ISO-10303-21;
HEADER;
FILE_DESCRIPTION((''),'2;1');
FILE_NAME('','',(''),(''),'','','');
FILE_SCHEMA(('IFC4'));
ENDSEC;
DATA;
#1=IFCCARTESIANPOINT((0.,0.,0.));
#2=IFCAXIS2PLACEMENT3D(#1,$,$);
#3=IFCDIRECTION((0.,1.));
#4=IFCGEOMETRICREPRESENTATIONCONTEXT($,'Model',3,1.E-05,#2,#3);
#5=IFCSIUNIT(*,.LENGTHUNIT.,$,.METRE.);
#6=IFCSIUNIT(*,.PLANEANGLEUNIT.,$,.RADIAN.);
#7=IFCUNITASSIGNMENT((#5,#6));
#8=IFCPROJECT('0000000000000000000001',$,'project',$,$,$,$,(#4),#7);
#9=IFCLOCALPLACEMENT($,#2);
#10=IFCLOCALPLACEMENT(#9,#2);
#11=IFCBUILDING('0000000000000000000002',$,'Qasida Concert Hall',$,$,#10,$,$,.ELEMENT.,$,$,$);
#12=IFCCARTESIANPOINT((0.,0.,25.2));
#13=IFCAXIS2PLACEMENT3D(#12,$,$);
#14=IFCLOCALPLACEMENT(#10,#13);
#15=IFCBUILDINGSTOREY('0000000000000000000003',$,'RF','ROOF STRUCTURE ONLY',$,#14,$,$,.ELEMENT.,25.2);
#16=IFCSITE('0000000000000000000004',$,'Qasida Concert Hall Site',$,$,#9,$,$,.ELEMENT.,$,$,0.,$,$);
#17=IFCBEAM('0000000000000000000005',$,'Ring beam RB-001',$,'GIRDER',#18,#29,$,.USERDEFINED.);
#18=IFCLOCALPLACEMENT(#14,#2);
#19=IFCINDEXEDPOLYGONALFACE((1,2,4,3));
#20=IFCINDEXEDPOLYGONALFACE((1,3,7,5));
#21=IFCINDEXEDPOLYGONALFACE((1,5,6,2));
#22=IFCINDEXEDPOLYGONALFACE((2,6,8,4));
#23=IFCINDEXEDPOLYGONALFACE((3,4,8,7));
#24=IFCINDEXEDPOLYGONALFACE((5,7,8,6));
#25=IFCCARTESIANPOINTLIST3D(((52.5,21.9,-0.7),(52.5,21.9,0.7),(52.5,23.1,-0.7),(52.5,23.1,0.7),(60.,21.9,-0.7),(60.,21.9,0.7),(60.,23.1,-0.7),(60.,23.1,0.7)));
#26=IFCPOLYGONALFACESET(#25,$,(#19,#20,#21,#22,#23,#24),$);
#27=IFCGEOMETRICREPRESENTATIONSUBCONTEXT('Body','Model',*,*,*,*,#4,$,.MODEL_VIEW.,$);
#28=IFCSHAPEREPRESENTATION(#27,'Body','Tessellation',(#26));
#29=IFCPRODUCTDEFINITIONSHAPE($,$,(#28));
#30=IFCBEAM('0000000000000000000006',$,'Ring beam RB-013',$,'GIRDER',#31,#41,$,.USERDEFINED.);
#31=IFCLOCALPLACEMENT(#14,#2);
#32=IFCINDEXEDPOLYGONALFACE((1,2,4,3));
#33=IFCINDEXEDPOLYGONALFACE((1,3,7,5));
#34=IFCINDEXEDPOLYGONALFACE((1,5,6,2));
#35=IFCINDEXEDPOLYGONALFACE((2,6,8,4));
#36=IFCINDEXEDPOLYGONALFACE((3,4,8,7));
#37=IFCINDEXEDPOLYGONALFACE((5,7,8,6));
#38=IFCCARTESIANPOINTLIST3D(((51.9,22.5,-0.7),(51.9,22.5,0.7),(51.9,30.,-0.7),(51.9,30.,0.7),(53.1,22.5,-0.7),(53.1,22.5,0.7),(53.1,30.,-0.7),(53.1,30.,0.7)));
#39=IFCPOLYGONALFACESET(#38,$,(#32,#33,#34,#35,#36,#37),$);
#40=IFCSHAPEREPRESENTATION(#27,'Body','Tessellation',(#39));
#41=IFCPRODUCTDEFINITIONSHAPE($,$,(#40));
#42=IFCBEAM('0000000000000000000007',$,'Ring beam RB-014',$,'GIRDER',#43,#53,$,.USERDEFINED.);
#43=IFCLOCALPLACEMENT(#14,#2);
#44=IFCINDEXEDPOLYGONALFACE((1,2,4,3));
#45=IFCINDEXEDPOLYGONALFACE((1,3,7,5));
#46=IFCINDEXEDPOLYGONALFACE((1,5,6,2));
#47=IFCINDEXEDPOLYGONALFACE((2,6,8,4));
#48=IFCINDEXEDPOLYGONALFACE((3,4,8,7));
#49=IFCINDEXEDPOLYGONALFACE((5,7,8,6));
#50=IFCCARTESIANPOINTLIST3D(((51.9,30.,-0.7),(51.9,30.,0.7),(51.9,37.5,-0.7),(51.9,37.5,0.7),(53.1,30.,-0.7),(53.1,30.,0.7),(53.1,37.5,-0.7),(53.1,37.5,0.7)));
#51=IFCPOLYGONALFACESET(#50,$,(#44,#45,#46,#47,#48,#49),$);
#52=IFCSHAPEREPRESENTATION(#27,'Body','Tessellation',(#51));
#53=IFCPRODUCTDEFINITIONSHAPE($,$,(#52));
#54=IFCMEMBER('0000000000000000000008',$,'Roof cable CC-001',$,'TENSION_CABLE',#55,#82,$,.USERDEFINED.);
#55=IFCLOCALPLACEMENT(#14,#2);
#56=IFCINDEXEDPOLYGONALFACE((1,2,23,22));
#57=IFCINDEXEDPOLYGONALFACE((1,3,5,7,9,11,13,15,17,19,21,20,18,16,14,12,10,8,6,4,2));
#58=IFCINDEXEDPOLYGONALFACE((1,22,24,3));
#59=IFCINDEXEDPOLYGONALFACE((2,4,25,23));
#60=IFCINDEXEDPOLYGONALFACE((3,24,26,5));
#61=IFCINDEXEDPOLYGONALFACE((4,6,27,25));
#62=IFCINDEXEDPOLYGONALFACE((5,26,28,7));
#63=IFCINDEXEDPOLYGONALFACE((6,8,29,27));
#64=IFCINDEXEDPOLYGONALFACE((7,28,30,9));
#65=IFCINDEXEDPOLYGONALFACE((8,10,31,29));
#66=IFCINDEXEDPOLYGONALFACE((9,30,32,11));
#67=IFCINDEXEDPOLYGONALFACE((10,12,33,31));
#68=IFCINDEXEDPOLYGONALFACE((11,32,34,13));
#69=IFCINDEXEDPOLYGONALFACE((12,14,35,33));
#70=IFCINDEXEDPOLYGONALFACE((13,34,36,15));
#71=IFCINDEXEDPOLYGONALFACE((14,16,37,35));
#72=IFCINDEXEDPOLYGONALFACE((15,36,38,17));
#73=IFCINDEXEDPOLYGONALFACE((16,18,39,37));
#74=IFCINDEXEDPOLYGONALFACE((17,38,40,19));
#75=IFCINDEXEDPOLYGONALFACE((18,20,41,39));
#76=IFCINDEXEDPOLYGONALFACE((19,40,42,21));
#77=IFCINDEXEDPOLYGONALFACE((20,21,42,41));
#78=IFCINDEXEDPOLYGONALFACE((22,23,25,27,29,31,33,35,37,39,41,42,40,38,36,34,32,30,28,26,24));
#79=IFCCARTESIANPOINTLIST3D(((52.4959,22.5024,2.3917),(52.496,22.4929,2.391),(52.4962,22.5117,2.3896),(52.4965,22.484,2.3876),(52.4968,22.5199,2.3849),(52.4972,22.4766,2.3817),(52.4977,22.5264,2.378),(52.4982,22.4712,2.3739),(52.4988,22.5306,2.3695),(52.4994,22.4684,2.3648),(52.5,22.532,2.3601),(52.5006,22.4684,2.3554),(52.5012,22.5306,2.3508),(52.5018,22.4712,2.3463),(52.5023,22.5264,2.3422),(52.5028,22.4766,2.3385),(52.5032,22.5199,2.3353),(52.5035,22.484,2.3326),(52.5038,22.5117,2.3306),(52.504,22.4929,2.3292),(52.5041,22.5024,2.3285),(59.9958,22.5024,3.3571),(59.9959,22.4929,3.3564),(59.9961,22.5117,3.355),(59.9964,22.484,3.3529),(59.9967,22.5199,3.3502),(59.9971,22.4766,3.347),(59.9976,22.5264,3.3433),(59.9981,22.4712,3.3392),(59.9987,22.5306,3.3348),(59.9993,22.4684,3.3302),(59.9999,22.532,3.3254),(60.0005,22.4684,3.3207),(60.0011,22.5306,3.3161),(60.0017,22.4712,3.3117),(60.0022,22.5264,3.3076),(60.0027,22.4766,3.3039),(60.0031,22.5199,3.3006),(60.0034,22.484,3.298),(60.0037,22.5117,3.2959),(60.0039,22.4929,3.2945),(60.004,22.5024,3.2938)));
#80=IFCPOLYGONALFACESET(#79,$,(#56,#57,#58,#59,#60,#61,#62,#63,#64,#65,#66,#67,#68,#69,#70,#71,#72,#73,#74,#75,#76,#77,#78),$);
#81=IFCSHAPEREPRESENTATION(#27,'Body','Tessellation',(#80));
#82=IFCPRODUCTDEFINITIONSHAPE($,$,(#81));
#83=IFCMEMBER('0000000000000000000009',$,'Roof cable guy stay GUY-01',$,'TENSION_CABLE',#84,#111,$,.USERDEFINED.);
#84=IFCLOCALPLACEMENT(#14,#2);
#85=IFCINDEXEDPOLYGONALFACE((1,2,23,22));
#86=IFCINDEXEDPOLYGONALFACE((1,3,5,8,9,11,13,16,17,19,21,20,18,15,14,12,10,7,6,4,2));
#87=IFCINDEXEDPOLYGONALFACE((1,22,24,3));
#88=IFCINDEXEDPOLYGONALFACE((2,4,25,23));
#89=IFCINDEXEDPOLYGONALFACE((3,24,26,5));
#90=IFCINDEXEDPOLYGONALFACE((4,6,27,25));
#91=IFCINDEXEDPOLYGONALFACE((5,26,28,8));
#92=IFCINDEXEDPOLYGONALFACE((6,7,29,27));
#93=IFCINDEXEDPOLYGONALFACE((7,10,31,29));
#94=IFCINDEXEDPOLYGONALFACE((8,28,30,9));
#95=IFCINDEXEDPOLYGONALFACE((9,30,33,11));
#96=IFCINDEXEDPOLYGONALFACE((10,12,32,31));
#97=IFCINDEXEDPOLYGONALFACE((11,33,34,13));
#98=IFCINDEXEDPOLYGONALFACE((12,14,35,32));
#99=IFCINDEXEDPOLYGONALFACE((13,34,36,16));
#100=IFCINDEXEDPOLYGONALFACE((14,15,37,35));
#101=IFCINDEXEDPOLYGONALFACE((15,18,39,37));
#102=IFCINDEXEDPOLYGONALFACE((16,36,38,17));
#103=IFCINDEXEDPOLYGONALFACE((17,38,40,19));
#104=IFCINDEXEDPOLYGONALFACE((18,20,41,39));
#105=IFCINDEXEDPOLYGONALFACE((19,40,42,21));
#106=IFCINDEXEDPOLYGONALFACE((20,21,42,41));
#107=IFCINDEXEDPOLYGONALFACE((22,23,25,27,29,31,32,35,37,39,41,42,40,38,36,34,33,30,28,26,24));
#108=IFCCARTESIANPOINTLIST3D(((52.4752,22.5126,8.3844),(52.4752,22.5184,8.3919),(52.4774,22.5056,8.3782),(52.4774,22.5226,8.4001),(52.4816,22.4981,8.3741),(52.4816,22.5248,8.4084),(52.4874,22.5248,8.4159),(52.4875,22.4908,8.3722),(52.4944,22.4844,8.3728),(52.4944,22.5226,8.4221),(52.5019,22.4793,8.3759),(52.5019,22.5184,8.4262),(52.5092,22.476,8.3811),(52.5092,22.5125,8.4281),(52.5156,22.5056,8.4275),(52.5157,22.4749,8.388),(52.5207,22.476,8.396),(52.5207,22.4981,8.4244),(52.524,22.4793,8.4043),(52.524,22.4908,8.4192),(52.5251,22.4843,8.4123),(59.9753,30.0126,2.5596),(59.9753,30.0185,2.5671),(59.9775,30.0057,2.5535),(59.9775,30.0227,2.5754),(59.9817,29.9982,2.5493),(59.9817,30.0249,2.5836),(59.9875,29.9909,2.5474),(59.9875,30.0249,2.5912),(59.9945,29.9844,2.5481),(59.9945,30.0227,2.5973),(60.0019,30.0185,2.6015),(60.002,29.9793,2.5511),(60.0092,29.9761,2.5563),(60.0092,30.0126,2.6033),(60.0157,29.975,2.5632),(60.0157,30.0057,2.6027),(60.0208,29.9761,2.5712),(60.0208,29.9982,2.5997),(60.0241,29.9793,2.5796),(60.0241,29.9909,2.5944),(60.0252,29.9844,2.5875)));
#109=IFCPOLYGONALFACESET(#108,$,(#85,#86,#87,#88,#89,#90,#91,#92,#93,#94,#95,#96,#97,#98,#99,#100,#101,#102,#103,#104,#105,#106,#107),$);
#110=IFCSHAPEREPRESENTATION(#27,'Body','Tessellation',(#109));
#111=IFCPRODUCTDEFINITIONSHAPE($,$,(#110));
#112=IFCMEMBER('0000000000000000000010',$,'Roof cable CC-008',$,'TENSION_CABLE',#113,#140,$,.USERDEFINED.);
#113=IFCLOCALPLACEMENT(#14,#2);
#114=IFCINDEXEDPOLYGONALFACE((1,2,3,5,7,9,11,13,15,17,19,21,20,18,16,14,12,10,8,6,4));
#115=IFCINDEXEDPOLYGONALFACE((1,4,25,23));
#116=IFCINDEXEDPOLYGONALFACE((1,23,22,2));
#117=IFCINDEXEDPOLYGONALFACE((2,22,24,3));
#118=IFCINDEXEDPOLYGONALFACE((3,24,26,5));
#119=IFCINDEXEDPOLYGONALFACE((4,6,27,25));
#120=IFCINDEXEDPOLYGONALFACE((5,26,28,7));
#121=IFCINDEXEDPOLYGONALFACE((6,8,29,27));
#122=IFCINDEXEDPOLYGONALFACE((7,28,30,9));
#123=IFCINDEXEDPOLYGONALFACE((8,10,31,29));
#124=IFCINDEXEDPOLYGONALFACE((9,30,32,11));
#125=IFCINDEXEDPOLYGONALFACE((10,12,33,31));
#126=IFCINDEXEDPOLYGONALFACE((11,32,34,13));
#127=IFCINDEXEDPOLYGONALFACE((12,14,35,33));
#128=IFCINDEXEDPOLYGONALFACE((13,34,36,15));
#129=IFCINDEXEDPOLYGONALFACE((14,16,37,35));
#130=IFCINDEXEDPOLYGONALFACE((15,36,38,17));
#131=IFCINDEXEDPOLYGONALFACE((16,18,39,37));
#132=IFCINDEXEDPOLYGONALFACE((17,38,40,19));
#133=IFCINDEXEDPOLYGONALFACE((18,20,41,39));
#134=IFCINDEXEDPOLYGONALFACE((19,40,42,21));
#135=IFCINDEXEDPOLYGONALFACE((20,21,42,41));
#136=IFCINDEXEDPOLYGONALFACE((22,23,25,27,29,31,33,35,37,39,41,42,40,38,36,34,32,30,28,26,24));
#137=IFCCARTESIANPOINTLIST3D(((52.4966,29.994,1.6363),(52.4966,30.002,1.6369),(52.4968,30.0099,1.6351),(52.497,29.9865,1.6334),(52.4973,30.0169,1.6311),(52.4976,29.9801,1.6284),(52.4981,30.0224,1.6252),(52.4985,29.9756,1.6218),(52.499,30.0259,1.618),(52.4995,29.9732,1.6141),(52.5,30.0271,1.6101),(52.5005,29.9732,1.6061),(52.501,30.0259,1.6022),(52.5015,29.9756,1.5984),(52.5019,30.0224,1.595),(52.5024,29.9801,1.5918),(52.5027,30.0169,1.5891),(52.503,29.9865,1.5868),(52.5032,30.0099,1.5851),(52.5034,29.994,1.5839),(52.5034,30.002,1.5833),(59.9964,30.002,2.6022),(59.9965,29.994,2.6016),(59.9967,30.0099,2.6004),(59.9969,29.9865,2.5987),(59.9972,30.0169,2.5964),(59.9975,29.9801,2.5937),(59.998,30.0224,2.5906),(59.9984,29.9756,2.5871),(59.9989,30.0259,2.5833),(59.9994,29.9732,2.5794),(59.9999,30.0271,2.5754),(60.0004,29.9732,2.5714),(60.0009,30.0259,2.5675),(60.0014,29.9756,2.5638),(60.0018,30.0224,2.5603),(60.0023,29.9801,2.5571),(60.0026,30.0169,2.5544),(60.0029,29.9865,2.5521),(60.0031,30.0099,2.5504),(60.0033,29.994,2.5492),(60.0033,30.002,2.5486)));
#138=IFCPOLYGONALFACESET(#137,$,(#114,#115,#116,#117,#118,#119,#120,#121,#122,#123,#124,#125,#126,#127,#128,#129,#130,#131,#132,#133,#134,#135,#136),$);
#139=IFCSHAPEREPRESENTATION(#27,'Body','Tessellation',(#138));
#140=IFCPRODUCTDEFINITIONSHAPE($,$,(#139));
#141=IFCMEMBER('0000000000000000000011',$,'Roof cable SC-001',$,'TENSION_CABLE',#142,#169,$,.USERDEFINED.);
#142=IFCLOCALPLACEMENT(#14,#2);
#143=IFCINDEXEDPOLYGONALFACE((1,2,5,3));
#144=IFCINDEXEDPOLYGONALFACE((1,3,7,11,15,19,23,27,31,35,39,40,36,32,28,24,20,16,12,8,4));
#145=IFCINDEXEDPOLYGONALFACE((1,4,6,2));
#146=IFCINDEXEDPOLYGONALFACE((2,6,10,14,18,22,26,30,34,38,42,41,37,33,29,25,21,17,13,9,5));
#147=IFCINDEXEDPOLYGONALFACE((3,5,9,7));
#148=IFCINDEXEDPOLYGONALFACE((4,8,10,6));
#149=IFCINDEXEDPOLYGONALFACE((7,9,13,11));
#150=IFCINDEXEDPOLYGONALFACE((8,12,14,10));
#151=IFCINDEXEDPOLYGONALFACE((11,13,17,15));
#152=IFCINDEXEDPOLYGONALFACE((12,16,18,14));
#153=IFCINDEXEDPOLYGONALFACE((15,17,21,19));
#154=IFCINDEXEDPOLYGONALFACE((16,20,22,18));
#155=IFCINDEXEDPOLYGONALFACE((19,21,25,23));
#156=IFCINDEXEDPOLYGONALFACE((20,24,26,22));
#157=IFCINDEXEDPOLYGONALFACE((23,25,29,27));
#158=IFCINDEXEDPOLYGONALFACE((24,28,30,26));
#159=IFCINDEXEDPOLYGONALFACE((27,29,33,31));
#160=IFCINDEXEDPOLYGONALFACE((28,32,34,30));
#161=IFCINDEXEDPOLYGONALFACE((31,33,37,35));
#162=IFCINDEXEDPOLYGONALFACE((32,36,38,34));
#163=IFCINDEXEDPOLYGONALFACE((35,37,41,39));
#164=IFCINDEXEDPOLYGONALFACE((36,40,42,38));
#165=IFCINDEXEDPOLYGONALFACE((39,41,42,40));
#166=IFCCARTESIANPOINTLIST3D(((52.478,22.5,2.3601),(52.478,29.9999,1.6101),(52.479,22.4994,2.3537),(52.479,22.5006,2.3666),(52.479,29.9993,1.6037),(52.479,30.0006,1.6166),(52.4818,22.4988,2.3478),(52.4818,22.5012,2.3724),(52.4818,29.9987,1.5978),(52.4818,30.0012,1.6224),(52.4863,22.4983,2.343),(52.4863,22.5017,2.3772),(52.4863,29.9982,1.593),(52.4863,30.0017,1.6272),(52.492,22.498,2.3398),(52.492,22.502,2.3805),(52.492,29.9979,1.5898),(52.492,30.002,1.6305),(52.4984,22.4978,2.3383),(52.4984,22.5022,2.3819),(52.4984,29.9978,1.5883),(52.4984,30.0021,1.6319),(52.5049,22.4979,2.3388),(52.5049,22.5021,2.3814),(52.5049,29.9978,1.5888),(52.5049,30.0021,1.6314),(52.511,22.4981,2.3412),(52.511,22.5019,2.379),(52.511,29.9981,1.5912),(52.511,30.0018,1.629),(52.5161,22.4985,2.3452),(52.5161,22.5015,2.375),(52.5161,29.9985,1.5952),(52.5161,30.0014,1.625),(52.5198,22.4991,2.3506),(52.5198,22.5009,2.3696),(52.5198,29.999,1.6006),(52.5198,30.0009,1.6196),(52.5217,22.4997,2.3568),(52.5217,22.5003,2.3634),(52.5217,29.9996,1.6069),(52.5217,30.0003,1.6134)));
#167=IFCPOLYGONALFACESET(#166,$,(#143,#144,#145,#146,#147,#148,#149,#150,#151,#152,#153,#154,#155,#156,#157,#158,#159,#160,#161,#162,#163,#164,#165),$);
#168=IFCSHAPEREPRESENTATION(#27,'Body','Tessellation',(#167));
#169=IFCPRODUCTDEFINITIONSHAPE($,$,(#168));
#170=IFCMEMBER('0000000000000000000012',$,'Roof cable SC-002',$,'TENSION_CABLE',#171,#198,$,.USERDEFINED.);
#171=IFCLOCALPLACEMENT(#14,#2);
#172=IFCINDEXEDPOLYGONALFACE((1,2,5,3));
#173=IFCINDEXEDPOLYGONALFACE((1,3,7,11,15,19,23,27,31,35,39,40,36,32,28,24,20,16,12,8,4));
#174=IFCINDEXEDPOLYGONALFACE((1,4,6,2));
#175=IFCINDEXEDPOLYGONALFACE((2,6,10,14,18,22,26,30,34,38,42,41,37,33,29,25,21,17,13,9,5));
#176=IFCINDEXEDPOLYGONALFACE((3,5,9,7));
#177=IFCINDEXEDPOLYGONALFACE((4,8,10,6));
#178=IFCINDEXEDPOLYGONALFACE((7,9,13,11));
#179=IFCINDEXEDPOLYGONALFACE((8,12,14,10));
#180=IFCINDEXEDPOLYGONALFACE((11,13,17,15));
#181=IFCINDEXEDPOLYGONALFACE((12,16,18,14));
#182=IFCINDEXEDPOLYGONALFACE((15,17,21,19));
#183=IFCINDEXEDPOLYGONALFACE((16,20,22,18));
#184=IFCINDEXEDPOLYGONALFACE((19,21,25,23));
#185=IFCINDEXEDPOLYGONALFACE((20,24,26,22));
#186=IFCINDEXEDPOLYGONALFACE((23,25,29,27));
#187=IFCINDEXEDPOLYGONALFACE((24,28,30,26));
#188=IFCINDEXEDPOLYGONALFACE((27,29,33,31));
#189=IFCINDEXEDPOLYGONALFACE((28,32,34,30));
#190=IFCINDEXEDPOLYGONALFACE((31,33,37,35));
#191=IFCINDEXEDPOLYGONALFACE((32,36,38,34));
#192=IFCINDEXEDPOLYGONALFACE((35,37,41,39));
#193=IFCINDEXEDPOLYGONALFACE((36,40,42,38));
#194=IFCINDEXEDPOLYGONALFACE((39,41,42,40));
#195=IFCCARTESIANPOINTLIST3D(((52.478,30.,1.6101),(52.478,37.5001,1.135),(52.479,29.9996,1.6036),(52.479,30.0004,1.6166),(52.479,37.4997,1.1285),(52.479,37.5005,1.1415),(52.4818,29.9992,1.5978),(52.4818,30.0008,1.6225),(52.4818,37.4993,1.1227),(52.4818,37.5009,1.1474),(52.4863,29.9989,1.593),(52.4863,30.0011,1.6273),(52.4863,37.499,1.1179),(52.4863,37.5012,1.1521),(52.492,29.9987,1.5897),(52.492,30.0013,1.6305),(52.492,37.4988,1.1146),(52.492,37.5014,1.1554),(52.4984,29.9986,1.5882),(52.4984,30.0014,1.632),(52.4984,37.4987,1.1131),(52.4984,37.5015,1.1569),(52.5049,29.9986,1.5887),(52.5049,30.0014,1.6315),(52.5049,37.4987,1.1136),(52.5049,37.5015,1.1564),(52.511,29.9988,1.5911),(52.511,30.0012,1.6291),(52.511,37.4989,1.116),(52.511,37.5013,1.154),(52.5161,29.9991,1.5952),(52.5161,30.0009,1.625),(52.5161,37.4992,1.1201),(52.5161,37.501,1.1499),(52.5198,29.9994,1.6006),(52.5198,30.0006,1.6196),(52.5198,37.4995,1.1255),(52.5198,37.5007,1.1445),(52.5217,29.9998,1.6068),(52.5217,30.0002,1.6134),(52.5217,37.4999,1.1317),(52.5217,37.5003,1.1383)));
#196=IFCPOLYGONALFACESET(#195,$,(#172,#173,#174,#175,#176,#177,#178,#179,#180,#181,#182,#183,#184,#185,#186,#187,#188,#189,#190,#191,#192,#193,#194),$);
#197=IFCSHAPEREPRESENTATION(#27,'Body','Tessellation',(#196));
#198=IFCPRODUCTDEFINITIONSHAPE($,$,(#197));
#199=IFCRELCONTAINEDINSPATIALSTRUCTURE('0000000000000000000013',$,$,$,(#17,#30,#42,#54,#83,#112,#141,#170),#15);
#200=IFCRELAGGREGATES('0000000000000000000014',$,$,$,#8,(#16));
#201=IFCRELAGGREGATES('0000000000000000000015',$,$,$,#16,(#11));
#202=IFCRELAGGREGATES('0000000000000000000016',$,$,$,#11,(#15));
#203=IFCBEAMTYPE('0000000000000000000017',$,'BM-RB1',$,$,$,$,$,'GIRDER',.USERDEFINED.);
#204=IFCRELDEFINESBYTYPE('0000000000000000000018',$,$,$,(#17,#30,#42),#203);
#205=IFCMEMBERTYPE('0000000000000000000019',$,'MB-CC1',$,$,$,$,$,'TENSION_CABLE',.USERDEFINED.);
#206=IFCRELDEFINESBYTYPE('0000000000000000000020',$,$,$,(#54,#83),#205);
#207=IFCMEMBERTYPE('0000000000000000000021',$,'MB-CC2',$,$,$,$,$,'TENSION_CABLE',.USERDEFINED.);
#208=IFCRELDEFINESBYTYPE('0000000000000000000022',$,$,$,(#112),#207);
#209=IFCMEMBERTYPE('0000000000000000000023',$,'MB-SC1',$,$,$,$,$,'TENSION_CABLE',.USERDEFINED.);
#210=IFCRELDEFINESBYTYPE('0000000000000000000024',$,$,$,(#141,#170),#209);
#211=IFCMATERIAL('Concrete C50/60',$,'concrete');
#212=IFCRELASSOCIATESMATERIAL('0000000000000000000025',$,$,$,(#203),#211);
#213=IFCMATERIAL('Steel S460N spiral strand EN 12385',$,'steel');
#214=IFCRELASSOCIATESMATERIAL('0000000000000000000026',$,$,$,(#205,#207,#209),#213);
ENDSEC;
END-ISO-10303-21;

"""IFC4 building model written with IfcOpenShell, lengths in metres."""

from ifc_helpers import new_model, si_unit, direction, frame, origin, origin_2d, place, context, subcontext, project, spatial, rectangle, circle, extrude, material, material_profile, profile_set, type_object, element, save


model = new_model("IFC4")

# Units and contexts
model_context = context("Model", 3, precision=1e-05, world=origin(), true_north=direction((0.0, 1.0)))
body_context = subcontext(model_context, "Body", "Model", "MODEL_VIEW")
ifc_project = project(units=[si_unit("LENGTHUNIT", "METRE"), si_unit("PLANEANGLEUNIT", "RADIAN")], contexts=[model_context])

# Site, building, storey
site_placement = place(None, origin())
site = spatial("IfcSite", under=ifc_project, at=site_placement, Name="Qasida Concert Hall Site", CompositionType="ELEMENT", RefElevation=0.0)
building_placement = place(site_placement, origin())
building = spatial("IfcBuilding", under=site, at=building_placement, Name="Qasida Concert Hall", CompositionType="ELEMENT")
storey_placement = place(building_placement, frame((0.0, 0.0, 25.2)))
storey = spatial("IfcBuildingStorey", under=building, at=storey_placement, Name="RF", Description="ROOF STRUCTURE ONLY", CompositionType="ELEMENT", Elevation=25.2)

# Beams
ifc_material_1 = material(Name="Concrete C50/60", Category="concrete")
ifc_material_profile_1 = material_profile(ifc_material_1, rectangle(XDim=1.2, YDim=1.3999, at=origin_2d()), Name="RC 1200x1400")
ifc_profile_set_1 = profile_set([ifc_material_profile_1], Name="Concrete C50/60")
beam_type = type_object("IfcBeamType", Name="BM-RB1", ElementType="GIRDER", PredefinedType="USERDEFINED", material=ifc_profile_set_1)
for number, where, z_axis, x_axis, name in (
    (1, (52.5, 22.5, 0.0), (1.0, 0.0, 0.0), (0.0, 1.0, 0.0), "Ring beam RB-001"),
    (2, (52.5, 22.5, 0.0), (0.0, 1.0, 0.0), (-1.0, 0.0, 0.0), "Ring beam RB-013"),
    (3, (52.5, 30.0, 0.0), (0.0, 1.0, 0.0), (-1.0, 0.0, 0.0), "Ring beam RB-014"),
):
    element("IfcBeam", number, at=place(storey_placement, frame(where, z_axis=z_axis, x_axis=x_axis)), inside=storey, type_object=beam_type, Name=name, ObjectType="GIRDER", PredefinedType="USERDEFINED", context=body_context, shape_type="SweptSolid", body=[
        extrude(rectangle(XDim=1.2, YDim=1.3999, at=origin_2d()), origin(), (0.0, 0.0, 1.0), 7.5),
    ])

# Members
ifc_material_2 = material(Name="Steel S460N spiral strand EN 12385", Category="steel")
ifc_material_profile_2 = material_profile(ifc_material_2, circle(Radius=0.032, at=origin_2d()), Name="STRAND D64")
ifc_profile_set_2 = profile_set([ifc_material_profile_2], Name="Steel S460N spiral strand EN 12385")
member_type_1 = type_object("IfcMemberType", Name="MB-CC1", ElementType="TENSION_CABLE", PredefinedType="USERDEFINED", material=ifc_profile_set_2)
member_1_placement = place(storey_placement, frame((52.5, 22.5, 2.3601), z_axis=(0.991818, 0.0, 0.127658), x_axis=(0.0, 1.0, 0.0)))
element("IfcMember", 4, at=member_1_placement, inside=storey, type_object=member_type_1, Name="Roof cable CC-001", ObjectType="TENSION_CABLE", PredefinedType="USERDEFINED", context=body_context, shape_type="SweptSolid", body=[
    extrude(circle(Radius=0.032, at=origin_2d()), origin(), (0.0, 0.0, 1.0), 7.5618),
])
member_2_placement = place(storey_placement, frame((52.5, 22.5, 8.4001), z_axis=(0.619798, 0.619798, -0.481352), x_axis=(-0.707107, 0.707107, 0.0)))
element("IfcMember", 5, at=member_2_placement, inside=storey, type_object=member_type_1, Name="Roof cable guy stay GUY-01", ObjectType="TENSION_CABLE", PredefinedType="USERDEFINED", context=body_context, shape_type="SweptSolid", body=[
    extrude(circle(Radius=0.032, at=origin_2d()), origin(), (0.0, 0.0, 1.0), 12.1008),
])
ifc_material_profile_3 = material_profile(ifc_material_2, circle(Radius=0.0271, at=origin_2d()), Name="STRAND D54")
ifc_profile_set_3 = profile_set([ifc_material_profile_3], Name="Steel S460N spiral strand EN 12385")
member_type_2 = type_object("IfcMemberType", Name="MB-CC2", ElementType="TENSION_CABLE", PredefinedType="USERDEFINED", material=ifc_profile_set_3)
member_3_placement = place(storey_placement, frame((52.5, 30.0, 1.6101), z_axis=(0.991818, 0.0, 0.127658), x_axis=(0.0, 1.0, 0.0)))
element("IfcMember", 6, at=member_3_placement, inside=storey, type_object=member_type_2, Name="Roof cable CC-008", ObjectType="TENSION_CABLE", PredefinedType="USERDEFINED", context=body_context, shape_type="SweptSolid", body=[
    extrude(circle(Radius=0.0271, at=origin_2d()), origin(), (0.0, 0.0, 1.0), 7.5618),
])
ifc_material_profile_4 = material_profile(ifc_material_2, circle(Radius=0.022, at=origin_2d()), Name="STRAND D44")
ifc_profile_set_4 = profile_set([ifc_material_profile_4], Name="Steel S460N spiral strand EN 12385")
member_type_3 = type_object("IfcMemberType", Name="MB-SC1", ElementType="TENSION_CABLE", PredefinedType="USERDEFINED", material=ifc_profile_set_4)
member_4_placement = place(storey_placement, frame((52.5, 22.5, 2.3601), z_axis=(0.0, 0.995037, -0.099504), x_axis=(-1.0, 0.0, 0.0)))
element("IfcMember", 7, at=member_4_placement, inside=storey, type_object=member_type_3, Name="Roof cable SC-001", ObjectType="TENSION_CABLE", PredefinedType="USERDEFINED", context=body_context, shape_type="SweptSolid", body=[
    extrude(circle(Radius=0.022, at=origin_2d()), origin(), (0.0, 0.0, 1.0), 7.5374),
])
member_5_placement = place(storey_placement, frame((52.5, 30.0, 1.6101), z_axis=(0.0, 0.998, -0.06322), x_axis=(-1.0, 0.0, 0.0)))
element("IfcMember", 8, at=member_5_placement, inside=storey, type_object=member_type_3, Name="Roof cable SC-002", ObjectType="TENSION_CABLE", PredefinedType="USERDEFINED", context=body_context, shape_type="SweptSolid", body=[
    extrude(circle(Radius=0.022, at=origin_2d()), origin(), (0.0, 0.0, 1.0), 7.5151),
])

save(model, "model.ifc")
